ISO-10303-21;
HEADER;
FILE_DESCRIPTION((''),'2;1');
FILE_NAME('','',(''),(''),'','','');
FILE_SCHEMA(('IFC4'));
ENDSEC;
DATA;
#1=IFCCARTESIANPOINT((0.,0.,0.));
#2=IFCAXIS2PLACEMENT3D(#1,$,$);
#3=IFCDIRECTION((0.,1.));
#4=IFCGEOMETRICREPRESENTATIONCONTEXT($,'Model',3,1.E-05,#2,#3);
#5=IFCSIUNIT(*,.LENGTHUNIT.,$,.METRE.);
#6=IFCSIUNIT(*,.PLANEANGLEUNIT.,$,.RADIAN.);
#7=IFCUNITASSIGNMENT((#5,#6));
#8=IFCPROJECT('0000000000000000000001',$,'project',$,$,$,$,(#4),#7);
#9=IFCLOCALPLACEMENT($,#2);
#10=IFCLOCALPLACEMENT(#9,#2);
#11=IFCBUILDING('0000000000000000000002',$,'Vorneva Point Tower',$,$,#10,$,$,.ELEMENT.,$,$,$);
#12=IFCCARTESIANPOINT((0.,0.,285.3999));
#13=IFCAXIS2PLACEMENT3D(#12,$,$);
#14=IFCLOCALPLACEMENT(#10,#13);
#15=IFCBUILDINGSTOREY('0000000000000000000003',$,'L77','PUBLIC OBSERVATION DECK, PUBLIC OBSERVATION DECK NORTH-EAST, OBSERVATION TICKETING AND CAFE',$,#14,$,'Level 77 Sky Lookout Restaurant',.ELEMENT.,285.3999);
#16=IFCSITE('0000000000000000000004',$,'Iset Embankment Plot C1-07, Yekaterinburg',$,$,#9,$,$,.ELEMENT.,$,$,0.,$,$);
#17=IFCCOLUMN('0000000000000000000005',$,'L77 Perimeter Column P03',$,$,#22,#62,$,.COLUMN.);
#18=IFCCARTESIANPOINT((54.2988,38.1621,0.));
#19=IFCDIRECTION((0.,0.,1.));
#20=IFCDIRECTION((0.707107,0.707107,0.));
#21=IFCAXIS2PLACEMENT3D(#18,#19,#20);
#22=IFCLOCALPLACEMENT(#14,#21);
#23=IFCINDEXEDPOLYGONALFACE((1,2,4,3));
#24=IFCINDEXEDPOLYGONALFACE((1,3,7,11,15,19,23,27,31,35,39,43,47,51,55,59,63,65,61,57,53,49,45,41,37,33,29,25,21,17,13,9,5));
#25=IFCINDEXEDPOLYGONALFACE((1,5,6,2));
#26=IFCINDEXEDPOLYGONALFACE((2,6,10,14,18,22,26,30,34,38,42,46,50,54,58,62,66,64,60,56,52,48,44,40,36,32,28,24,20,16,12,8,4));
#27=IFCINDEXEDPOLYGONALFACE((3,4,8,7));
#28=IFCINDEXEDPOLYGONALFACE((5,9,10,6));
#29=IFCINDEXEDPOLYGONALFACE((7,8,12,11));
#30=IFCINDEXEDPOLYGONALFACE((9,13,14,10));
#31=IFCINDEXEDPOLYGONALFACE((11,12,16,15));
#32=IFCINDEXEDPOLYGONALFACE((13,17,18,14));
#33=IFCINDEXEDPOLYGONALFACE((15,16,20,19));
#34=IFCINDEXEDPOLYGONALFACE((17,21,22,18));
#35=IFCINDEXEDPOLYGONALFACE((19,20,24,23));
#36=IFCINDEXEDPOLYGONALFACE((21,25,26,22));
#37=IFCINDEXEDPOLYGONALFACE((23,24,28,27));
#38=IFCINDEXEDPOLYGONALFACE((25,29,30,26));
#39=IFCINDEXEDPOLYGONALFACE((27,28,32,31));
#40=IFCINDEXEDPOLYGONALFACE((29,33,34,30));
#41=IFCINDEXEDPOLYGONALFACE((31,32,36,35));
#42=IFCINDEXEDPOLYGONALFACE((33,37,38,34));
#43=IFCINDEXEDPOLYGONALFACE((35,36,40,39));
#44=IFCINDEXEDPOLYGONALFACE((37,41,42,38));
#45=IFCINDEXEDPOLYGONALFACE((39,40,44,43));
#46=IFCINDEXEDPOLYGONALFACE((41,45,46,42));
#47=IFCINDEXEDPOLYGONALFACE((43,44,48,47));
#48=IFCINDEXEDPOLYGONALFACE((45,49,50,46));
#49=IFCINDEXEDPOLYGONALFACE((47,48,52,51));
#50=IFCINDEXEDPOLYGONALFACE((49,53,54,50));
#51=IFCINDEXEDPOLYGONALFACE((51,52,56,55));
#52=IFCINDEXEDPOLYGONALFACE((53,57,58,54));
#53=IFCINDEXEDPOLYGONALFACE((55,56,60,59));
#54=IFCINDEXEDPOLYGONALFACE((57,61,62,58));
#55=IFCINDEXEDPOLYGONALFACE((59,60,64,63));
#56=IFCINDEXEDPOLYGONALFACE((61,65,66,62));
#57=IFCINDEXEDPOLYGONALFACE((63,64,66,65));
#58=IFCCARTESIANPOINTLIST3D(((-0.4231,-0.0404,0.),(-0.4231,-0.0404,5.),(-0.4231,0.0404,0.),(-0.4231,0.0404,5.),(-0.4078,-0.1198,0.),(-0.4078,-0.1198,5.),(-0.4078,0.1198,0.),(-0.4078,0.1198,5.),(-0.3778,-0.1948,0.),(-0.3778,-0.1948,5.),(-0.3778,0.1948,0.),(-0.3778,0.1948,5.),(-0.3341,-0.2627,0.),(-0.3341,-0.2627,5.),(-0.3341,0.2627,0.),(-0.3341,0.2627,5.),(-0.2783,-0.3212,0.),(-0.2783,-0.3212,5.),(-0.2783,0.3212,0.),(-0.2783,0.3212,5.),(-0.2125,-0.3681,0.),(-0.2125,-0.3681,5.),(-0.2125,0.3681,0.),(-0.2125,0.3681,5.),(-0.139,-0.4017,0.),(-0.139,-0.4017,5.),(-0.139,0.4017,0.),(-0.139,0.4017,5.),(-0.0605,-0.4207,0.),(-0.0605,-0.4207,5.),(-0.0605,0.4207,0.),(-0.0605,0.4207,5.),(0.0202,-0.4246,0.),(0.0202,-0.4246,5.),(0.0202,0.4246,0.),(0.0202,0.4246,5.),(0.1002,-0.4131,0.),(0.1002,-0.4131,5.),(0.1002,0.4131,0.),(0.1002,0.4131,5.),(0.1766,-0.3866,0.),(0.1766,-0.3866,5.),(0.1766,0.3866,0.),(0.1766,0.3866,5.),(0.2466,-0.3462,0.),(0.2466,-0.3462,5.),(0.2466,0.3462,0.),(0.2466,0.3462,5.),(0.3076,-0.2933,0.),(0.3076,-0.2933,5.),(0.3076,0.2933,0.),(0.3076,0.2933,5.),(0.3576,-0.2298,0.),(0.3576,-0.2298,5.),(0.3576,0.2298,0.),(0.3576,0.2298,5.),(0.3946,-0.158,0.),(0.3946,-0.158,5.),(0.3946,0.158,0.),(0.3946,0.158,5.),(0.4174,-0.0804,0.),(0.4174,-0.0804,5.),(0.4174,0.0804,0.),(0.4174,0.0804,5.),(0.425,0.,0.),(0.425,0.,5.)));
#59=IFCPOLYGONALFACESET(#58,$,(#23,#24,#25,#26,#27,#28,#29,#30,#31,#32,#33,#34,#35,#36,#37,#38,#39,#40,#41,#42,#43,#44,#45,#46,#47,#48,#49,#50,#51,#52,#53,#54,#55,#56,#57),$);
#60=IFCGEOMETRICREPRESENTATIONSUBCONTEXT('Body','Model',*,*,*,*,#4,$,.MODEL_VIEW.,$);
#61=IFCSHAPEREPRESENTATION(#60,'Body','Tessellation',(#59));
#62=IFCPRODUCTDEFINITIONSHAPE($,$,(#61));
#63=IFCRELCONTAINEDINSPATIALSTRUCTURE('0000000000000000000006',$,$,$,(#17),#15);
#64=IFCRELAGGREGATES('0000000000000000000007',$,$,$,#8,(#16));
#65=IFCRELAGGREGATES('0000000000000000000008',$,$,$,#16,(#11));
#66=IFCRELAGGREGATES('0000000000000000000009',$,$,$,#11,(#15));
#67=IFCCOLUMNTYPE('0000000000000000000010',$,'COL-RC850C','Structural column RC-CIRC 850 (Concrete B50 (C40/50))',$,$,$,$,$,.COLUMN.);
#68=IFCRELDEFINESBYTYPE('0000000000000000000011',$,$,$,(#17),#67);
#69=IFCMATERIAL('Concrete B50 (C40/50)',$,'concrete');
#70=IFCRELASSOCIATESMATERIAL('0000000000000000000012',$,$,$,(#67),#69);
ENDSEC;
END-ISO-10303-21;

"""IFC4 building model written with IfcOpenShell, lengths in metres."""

from ifc_helpers import new_model, si_unit, direction, frame, origin, origin_2d, place, context, subcontext, project, spatial, circle, extrude, material, material_profile, profile_set, type_object, element, save


model = new_model("IFC4")

# Units and contexts
model_context = context("Model", 3, precision=1e-05, world=origin(), true_north=direction((0.0, 1.0)))
body_context = subcontext(model_context, "Body", "Model", "MODEL_VIEW")
ifc_project = project(units=[si_unit("LENGTHUNIT", "METRE"), si_unit("PLANEANGLEUNIT", "RADIAN")], contexts=[model_context])

# Site, building, storey
site_placement = place(None, origin())
site = spatial("IfcSite", under=ifc_project, at=site_placement, Name="Iset Embankment Plot C1-07, Yekaterinburg", CompositionType="ELEMENT", RefElevation=0.0)
building_placement = place(site_placement, origin())
building = spatial("IfcBuilding", under=site, at=building_placement, Name="Vorneva Point Tower", CompositionType="ELEMENT")
storey_placement = place(building_placement, frame((0.0, 0.0, 285.3999)))
storey = spatial("IfcBuildingStorey", under=building, at=storey_placement, Name="L77", Description="PUBLIC OBSERVATION DECK, PUBLIC OBSERVATION DECK NORTH-EAST, OBSERVATION TICKETING AND CAFE", LongName="Level 77 Sky Lookout Restaurant", CompositionType="ELEMENT", Elevation=285.3999)

# Column
ifc_material_1 = material(Name="Concrete B50 (C40/50)", Category="concrete")
ifc_material_profile_1 = material_profile(ifc_material_1, circle(Radius=0.425, at=origin_2d()), Name="RC-CIRC 850")
ifc_profile_set_1 = profile_set([ifc_material_profile_1], Name="Concrete B50 (C40/50)")
column_type_1 = type_object("IfcColumnType", Name="COL-RC850C", Description="Structural column RC-CIRC 850 (Concrete B50 (C40/50))", PredefinedType="COLUMN", material=ifc_profile_set_1)
column_1_placement = place(storey_placement, frame((54.2988, 38.1621, 0.0), z_axis=(0.0, 0.0, 1.0), x_axis=(0.707107, 0.707107, 0.0)))
element("IfcColumn", 1, at=column_1_placement, inside=storey, type_object=column_type_1, Name="L77 Perimeter Column P03", PredefinedType="COLUMN", context=body_context, shape_type="SweptSolid", body=[
    extrude(circle(Radius=0.425, at=origin_2d()), origin(), (0.0, 0.0, 1.0), 5.0),
])

save(model, "model.ifc")
